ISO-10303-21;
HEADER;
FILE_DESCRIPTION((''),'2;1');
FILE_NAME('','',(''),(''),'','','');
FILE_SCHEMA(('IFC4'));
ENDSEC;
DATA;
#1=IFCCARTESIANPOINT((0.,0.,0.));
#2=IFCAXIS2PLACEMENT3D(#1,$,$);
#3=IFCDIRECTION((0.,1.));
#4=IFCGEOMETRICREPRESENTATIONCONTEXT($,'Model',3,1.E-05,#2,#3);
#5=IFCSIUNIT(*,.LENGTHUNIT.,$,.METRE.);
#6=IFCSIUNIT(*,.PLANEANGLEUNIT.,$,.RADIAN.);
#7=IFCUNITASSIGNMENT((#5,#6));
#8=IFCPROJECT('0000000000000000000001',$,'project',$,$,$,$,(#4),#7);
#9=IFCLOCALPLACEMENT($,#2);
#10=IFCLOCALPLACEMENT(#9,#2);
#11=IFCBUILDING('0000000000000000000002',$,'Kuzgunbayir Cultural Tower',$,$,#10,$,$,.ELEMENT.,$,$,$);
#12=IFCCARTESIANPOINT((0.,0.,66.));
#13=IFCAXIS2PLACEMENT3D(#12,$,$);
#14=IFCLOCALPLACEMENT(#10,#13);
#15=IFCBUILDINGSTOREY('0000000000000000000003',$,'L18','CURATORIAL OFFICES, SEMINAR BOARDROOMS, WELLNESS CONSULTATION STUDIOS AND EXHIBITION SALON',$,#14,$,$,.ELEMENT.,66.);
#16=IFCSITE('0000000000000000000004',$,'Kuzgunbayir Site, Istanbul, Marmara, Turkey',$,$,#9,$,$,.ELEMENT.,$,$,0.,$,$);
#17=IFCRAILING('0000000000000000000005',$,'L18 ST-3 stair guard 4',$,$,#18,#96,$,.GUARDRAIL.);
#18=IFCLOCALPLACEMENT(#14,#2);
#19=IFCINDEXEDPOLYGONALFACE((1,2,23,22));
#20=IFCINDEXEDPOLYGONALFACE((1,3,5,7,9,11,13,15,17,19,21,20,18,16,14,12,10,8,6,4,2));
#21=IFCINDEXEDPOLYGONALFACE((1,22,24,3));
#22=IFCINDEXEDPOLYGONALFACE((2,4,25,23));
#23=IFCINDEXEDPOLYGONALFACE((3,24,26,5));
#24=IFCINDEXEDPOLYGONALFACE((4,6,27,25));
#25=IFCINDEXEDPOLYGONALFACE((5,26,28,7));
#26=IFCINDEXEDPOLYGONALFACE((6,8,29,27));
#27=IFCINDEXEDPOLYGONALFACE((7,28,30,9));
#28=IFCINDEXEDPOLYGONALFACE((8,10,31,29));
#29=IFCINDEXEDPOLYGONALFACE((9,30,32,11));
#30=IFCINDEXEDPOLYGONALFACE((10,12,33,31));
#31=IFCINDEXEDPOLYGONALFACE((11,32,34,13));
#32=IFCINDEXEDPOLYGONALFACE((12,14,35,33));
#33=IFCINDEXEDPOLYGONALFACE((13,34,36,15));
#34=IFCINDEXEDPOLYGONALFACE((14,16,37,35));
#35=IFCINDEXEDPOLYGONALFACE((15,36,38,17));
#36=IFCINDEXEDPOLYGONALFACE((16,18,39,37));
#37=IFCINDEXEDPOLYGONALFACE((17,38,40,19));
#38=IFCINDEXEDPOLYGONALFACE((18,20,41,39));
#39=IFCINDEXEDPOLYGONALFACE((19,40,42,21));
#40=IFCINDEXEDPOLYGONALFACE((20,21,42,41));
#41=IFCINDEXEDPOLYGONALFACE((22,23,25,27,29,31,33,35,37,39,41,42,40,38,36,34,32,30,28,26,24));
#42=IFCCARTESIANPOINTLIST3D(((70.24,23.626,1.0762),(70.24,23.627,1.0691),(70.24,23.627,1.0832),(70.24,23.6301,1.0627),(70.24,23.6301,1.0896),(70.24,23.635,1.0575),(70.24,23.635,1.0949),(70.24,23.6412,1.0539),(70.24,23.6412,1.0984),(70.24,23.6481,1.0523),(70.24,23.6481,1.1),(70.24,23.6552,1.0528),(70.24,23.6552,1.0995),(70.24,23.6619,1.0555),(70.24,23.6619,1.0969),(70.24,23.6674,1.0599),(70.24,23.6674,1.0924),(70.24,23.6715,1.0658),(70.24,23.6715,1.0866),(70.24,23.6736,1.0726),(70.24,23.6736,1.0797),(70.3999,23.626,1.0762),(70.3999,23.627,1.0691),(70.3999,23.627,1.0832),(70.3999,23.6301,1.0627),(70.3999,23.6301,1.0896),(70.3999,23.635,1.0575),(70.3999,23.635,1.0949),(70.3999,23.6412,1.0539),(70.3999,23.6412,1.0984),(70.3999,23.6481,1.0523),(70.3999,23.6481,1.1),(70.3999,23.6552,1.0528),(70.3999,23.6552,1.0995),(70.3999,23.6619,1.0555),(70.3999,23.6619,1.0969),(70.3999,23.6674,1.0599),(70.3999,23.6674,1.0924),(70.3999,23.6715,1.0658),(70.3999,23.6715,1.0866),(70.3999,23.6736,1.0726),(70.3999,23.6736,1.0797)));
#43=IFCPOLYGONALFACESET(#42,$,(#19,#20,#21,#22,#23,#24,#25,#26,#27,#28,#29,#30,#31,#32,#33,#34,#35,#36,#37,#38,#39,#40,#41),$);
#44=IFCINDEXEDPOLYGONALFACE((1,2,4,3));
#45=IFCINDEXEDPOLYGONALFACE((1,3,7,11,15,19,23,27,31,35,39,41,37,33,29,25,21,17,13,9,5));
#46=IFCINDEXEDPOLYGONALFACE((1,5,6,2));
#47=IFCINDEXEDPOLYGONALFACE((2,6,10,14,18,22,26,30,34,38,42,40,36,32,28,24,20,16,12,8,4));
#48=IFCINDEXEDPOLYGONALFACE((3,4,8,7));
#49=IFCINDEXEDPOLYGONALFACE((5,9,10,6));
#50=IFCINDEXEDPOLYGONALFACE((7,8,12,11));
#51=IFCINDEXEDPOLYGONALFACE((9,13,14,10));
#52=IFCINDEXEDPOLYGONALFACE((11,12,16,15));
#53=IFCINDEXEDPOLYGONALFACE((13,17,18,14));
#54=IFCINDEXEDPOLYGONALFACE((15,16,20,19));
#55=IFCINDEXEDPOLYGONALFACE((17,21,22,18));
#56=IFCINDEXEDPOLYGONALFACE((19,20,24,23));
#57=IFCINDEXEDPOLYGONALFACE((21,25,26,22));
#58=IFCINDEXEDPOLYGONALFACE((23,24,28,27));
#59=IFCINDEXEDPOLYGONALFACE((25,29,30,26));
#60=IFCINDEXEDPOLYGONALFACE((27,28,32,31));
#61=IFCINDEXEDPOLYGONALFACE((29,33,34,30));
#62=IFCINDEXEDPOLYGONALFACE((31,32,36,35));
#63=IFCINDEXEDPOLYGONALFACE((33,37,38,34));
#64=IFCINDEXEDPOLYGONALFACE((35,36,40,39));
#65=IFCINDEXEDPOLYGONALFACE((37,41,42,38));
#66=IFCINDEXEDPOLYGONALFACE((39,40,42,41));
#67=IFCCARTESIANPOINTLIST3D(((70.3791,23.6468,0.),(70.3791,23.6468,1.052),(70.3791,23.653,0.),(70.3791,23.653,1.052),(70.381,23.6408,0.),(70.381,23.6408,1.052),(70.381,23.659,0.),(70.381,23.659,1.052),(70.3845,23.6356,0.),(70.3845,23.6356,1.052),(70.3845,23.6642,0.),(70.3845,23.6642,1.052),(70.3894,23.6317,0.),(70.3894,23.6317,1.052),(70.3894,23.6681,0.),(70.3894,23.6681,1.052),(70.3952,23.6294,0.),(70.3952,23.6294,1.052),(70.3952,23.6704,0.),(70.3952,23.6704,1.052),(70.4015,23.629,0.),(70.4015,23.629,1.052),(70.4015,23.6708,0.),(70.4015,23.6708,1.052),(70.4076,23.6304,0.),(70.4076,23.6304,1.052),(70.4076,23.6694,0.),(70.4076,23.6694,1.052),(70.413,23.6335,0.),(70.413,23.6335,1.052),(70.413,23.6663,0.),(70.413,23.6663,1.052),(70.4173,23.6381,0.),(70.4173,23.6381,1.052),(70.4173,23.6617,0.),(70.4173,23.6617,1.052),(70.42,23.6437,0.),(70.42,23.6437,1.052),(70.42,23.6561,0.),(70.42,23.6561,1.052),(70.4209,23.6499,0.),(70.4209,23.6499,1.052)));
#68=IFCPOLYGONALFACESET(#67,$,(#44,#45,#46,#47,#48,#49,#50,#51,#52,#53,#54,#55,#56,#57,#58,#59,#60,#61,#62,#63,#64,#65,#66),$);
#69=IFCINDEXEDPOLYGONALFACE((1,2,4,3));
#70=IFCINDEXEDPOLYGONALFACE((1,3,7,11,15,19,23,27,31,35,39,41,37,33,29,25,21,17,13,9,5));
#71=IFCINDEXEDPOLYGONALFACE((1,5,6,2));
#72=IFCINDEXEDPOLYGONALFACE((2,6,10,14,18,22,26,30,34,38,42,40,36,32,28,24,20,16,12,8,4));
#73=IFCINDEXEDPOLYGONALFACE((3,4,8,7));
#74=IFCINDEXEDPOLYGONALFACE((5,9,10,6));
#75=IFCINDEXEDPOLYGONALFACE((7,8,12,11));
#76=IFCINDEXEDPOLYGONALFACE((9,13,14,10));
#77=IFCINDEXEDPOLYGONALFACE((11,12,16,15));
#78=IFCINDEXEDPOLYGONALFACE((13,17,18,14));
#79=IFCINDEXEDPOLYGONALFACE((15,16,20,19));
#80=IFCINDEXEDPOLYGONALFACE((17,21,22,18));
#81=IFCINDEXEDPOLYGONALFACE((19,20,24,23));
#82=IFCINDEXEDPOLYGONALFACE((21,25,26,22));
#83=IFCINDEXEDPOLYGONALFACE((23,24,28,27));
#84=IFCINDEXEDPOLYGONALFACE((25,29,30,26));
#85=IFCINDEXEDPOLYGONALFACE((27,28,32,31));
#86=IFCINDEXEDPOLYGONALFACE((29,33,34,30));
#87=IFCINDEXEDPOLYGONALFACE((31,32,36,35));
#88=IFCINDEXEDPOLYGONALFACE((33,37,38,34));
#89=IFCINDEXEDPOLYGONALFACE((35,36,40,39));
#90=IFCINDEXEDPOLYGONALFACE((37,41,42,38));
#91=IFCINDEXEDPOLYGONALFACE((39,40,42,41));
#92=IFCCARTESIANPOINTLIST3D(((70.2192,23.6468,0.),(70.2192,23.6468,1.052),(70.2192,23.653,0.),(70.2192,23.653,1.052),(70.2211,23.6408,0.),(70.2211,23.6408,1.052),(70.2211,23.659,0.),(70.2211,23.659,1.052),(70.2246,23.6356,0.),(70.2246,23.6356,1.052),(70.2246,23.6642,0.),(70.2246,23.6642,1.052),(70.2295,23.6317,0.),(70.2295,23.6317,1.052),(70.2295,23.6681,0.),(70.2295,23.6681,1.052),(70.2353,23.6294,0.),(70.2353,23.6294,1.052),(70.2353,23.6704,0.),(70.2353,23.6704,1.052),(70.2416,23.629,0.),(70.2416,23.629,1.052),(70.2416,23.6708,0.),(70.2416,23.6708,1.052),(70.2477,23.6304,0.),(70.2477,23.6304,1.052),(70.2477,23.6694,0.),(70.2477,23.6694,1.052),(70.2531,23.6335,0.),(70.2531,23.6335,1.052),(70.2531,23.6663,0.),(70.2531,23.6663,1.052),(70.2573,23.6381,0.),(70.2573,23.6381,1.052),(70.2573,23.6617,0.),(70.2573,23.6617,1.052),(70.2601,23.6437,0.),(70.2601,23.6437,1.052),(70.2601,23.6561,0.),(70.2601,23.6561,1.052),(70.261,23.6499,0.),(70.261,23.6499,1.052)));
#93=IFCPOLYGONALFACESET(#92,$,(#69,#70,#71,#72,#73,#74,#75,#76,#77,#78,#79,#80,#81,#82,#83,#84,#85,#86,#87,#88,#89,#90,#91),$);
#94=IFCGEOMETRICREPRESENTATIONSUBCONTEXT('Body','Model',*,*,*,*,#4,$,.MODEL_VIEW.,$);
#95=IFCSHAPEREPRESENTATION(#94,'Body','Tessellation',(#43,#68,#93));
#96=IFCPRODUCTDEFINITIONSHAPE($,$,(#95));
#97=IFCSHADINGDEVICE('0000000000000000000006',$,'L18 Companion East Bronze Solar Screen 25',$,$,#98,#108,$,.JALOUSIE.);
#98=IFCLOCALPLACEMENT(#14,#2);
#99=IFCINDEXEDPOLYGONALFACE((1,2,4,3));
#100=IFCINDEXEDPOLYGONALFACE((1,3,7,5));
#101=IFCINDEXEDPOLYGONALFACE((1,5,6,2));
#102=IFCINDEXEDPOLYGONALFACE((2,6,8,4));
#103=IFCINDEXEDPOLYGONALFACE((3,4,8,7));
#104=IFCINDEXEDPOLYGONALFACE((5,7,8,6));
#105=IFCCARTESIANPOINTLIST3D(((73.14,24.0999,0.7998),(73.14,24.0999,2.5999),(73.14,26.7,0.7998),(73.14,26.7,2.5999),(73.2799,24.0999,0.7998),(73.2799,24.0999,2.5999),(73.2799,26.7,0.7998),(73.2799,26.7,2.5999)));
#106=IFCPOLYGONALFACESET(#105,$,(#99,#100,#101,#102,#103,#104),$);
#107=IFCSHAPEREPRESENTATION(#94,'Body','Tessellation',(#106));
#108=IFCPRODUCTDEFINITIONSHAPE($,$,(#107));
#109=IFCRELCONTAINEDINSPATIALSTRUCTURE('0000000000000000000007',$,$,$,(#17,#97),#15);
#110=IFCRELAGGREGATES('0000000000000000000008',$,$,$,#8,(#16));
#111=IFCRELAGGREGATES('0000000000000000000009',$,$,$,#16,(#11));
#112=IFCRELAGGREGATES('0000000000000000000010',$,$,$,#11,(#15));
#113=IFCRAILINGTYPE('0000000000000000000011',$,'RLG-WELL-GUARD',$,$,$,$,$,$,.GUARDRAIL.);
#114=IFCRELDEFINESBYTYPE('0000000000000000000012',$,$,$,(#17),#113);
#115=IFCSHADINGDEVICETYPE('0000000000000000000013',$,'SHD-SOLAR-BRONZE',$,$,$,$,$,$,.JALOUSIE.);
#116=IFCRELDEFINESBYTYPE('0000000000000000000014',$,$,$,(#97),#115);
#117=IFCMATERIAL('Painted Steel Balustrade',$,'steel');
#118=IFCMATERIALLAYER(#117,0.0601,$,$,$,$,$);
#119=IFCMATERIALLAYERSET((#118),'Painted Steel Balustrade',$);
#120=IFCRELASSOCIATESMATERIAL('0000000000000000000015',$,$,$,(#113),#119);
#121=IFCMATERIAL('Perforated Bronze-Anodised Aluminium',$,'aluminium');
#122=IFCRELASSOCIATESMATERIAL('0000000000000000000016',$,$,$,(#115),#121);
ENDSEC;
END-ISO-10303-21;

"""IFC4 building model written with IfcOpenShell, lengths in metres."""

from ifc_helpers import new_model, si_unit, direction, frame, origin, origin_2d, place, context, subcontext, project, spatial, rectangle, circle, extrude, material, layer, layer_set, type_object, element, save


model = new_model("IFC4")

# Units and contexts
model_context = context("Model", 3, precision=1e-05, world=origin(), true_north=direction((0.0, 1.0)))
body_context = subcontext(model_context, "Body", "Model", "MODEL_VIEW")
ifc_project = project(units=[si_unit("LENGTHUNIT", "METRE"), si_unit("PLANEANGLEUNIT", "RADIAN")], contexts=[model_context])

# Site, building, storey
site_placement = place(None, origin())
site = spatial("IfcSite", under=ifc_project, at=site_placement, Name="Kuzgunbayir Site, Istanbul, Marmara, Turkey", CompositionType="ELEMENT", RefElevation=0.0)
building_placement = place(site_placement, origin())
building = spatial("IfcBuilding", under=site, at=building_placement, Name="Kuzgunbayir Cultural Tower", CompositionType="ELEMENT")
storey_placement = place(building_placement, frame((0.0, 0.0, 66.0)))
storey = spatial("IfcBuildingStorey", under=building, at=storey_placement, Name="L18", Description="CURATORIAL OFFICES, SEMINAR BOARDROOMS, WELLNESS CONSULTATION STUDIOS AND EXHIBITION SALON", CompositionType="ELEMENT", Elevation=66.0)

# Railing
ifc_material_1 = material(Name="Painted Steel Balustrade", Category="steel")
ifc_layer_1 = layer(ifc_material_1, 0.0601)
ifc_layer_set_1 = layer_set([ifc_layer_1], Name="Painted Steel Balustrade")
railing_type_1 = type_object("IfcRailingType", Name="RLG-WELL-GUARD", PredefinedType="GUARDRAIL", material=ifc_layer_set_1)
railing_1_placement = place(storey_placement, frame((70.3999, 23.6499, 0.0)))
element("IfcRailing", 1, at=railing_1_placement, inside=storey, type_object=railing_type_1, Name="L18 ST-3 stair guard 4", PredefinedType="GUARDRAIL", context=body_context, shape_type="SweptSolid", body=[
    extrude(circle(Radius=0.0239, at=origin_2d()), frame((0.0, 0.0, 1.0762), z_axis=(-1.0, 0.0, 0.0), x_axis=(0.0, -1.0, 0.0)), (0.0, 0.0, 1.0), 0.1599),
    extrude(circle(Radius=0.021, at=origin_2d()), origin(), (0.0, 0.0, 1.0), 1.052),
    extrude(circle(Radius=0.021, at=origin_2d()), frame((-0.1599, 0.0, 0.0)), (0.0, 0.0, 1.0), 1.052),
])

# Shading device
ifc_material_2 = material(Name="Perforated Bronze-Anodised Aluminium", Category="aluminium")
shading_device_type = type_object("IfcShadingDeviceType", Name="SHD-SOLAR-BRONZE", PredefinedType="JALOUSIE", material=ifc_material_2)
shading_device_placement = place(storey_placement, frame((73.21, 25.3999, 0.7998), z_axis=(0.0, 0.0, 1.0), x_axis=(1.0, 0.0, 0.0)))
element("IfcShadingDevice", 2, at=shading_device_placement, inside=storey, type_object=shading_device_type, Name="L18 Companion East Bronze Solar Screen 25", PredefinedType="JALOUSIE", context=body_context, shape_type="SweptSolid", body=[
    extrude(rectangle(XDim=0.1399, YDim=2.6001, at=origin_2d()), origin(), (0.0, 0.0, 1.0), 1.8),
])

save(model, "model.ifc")
